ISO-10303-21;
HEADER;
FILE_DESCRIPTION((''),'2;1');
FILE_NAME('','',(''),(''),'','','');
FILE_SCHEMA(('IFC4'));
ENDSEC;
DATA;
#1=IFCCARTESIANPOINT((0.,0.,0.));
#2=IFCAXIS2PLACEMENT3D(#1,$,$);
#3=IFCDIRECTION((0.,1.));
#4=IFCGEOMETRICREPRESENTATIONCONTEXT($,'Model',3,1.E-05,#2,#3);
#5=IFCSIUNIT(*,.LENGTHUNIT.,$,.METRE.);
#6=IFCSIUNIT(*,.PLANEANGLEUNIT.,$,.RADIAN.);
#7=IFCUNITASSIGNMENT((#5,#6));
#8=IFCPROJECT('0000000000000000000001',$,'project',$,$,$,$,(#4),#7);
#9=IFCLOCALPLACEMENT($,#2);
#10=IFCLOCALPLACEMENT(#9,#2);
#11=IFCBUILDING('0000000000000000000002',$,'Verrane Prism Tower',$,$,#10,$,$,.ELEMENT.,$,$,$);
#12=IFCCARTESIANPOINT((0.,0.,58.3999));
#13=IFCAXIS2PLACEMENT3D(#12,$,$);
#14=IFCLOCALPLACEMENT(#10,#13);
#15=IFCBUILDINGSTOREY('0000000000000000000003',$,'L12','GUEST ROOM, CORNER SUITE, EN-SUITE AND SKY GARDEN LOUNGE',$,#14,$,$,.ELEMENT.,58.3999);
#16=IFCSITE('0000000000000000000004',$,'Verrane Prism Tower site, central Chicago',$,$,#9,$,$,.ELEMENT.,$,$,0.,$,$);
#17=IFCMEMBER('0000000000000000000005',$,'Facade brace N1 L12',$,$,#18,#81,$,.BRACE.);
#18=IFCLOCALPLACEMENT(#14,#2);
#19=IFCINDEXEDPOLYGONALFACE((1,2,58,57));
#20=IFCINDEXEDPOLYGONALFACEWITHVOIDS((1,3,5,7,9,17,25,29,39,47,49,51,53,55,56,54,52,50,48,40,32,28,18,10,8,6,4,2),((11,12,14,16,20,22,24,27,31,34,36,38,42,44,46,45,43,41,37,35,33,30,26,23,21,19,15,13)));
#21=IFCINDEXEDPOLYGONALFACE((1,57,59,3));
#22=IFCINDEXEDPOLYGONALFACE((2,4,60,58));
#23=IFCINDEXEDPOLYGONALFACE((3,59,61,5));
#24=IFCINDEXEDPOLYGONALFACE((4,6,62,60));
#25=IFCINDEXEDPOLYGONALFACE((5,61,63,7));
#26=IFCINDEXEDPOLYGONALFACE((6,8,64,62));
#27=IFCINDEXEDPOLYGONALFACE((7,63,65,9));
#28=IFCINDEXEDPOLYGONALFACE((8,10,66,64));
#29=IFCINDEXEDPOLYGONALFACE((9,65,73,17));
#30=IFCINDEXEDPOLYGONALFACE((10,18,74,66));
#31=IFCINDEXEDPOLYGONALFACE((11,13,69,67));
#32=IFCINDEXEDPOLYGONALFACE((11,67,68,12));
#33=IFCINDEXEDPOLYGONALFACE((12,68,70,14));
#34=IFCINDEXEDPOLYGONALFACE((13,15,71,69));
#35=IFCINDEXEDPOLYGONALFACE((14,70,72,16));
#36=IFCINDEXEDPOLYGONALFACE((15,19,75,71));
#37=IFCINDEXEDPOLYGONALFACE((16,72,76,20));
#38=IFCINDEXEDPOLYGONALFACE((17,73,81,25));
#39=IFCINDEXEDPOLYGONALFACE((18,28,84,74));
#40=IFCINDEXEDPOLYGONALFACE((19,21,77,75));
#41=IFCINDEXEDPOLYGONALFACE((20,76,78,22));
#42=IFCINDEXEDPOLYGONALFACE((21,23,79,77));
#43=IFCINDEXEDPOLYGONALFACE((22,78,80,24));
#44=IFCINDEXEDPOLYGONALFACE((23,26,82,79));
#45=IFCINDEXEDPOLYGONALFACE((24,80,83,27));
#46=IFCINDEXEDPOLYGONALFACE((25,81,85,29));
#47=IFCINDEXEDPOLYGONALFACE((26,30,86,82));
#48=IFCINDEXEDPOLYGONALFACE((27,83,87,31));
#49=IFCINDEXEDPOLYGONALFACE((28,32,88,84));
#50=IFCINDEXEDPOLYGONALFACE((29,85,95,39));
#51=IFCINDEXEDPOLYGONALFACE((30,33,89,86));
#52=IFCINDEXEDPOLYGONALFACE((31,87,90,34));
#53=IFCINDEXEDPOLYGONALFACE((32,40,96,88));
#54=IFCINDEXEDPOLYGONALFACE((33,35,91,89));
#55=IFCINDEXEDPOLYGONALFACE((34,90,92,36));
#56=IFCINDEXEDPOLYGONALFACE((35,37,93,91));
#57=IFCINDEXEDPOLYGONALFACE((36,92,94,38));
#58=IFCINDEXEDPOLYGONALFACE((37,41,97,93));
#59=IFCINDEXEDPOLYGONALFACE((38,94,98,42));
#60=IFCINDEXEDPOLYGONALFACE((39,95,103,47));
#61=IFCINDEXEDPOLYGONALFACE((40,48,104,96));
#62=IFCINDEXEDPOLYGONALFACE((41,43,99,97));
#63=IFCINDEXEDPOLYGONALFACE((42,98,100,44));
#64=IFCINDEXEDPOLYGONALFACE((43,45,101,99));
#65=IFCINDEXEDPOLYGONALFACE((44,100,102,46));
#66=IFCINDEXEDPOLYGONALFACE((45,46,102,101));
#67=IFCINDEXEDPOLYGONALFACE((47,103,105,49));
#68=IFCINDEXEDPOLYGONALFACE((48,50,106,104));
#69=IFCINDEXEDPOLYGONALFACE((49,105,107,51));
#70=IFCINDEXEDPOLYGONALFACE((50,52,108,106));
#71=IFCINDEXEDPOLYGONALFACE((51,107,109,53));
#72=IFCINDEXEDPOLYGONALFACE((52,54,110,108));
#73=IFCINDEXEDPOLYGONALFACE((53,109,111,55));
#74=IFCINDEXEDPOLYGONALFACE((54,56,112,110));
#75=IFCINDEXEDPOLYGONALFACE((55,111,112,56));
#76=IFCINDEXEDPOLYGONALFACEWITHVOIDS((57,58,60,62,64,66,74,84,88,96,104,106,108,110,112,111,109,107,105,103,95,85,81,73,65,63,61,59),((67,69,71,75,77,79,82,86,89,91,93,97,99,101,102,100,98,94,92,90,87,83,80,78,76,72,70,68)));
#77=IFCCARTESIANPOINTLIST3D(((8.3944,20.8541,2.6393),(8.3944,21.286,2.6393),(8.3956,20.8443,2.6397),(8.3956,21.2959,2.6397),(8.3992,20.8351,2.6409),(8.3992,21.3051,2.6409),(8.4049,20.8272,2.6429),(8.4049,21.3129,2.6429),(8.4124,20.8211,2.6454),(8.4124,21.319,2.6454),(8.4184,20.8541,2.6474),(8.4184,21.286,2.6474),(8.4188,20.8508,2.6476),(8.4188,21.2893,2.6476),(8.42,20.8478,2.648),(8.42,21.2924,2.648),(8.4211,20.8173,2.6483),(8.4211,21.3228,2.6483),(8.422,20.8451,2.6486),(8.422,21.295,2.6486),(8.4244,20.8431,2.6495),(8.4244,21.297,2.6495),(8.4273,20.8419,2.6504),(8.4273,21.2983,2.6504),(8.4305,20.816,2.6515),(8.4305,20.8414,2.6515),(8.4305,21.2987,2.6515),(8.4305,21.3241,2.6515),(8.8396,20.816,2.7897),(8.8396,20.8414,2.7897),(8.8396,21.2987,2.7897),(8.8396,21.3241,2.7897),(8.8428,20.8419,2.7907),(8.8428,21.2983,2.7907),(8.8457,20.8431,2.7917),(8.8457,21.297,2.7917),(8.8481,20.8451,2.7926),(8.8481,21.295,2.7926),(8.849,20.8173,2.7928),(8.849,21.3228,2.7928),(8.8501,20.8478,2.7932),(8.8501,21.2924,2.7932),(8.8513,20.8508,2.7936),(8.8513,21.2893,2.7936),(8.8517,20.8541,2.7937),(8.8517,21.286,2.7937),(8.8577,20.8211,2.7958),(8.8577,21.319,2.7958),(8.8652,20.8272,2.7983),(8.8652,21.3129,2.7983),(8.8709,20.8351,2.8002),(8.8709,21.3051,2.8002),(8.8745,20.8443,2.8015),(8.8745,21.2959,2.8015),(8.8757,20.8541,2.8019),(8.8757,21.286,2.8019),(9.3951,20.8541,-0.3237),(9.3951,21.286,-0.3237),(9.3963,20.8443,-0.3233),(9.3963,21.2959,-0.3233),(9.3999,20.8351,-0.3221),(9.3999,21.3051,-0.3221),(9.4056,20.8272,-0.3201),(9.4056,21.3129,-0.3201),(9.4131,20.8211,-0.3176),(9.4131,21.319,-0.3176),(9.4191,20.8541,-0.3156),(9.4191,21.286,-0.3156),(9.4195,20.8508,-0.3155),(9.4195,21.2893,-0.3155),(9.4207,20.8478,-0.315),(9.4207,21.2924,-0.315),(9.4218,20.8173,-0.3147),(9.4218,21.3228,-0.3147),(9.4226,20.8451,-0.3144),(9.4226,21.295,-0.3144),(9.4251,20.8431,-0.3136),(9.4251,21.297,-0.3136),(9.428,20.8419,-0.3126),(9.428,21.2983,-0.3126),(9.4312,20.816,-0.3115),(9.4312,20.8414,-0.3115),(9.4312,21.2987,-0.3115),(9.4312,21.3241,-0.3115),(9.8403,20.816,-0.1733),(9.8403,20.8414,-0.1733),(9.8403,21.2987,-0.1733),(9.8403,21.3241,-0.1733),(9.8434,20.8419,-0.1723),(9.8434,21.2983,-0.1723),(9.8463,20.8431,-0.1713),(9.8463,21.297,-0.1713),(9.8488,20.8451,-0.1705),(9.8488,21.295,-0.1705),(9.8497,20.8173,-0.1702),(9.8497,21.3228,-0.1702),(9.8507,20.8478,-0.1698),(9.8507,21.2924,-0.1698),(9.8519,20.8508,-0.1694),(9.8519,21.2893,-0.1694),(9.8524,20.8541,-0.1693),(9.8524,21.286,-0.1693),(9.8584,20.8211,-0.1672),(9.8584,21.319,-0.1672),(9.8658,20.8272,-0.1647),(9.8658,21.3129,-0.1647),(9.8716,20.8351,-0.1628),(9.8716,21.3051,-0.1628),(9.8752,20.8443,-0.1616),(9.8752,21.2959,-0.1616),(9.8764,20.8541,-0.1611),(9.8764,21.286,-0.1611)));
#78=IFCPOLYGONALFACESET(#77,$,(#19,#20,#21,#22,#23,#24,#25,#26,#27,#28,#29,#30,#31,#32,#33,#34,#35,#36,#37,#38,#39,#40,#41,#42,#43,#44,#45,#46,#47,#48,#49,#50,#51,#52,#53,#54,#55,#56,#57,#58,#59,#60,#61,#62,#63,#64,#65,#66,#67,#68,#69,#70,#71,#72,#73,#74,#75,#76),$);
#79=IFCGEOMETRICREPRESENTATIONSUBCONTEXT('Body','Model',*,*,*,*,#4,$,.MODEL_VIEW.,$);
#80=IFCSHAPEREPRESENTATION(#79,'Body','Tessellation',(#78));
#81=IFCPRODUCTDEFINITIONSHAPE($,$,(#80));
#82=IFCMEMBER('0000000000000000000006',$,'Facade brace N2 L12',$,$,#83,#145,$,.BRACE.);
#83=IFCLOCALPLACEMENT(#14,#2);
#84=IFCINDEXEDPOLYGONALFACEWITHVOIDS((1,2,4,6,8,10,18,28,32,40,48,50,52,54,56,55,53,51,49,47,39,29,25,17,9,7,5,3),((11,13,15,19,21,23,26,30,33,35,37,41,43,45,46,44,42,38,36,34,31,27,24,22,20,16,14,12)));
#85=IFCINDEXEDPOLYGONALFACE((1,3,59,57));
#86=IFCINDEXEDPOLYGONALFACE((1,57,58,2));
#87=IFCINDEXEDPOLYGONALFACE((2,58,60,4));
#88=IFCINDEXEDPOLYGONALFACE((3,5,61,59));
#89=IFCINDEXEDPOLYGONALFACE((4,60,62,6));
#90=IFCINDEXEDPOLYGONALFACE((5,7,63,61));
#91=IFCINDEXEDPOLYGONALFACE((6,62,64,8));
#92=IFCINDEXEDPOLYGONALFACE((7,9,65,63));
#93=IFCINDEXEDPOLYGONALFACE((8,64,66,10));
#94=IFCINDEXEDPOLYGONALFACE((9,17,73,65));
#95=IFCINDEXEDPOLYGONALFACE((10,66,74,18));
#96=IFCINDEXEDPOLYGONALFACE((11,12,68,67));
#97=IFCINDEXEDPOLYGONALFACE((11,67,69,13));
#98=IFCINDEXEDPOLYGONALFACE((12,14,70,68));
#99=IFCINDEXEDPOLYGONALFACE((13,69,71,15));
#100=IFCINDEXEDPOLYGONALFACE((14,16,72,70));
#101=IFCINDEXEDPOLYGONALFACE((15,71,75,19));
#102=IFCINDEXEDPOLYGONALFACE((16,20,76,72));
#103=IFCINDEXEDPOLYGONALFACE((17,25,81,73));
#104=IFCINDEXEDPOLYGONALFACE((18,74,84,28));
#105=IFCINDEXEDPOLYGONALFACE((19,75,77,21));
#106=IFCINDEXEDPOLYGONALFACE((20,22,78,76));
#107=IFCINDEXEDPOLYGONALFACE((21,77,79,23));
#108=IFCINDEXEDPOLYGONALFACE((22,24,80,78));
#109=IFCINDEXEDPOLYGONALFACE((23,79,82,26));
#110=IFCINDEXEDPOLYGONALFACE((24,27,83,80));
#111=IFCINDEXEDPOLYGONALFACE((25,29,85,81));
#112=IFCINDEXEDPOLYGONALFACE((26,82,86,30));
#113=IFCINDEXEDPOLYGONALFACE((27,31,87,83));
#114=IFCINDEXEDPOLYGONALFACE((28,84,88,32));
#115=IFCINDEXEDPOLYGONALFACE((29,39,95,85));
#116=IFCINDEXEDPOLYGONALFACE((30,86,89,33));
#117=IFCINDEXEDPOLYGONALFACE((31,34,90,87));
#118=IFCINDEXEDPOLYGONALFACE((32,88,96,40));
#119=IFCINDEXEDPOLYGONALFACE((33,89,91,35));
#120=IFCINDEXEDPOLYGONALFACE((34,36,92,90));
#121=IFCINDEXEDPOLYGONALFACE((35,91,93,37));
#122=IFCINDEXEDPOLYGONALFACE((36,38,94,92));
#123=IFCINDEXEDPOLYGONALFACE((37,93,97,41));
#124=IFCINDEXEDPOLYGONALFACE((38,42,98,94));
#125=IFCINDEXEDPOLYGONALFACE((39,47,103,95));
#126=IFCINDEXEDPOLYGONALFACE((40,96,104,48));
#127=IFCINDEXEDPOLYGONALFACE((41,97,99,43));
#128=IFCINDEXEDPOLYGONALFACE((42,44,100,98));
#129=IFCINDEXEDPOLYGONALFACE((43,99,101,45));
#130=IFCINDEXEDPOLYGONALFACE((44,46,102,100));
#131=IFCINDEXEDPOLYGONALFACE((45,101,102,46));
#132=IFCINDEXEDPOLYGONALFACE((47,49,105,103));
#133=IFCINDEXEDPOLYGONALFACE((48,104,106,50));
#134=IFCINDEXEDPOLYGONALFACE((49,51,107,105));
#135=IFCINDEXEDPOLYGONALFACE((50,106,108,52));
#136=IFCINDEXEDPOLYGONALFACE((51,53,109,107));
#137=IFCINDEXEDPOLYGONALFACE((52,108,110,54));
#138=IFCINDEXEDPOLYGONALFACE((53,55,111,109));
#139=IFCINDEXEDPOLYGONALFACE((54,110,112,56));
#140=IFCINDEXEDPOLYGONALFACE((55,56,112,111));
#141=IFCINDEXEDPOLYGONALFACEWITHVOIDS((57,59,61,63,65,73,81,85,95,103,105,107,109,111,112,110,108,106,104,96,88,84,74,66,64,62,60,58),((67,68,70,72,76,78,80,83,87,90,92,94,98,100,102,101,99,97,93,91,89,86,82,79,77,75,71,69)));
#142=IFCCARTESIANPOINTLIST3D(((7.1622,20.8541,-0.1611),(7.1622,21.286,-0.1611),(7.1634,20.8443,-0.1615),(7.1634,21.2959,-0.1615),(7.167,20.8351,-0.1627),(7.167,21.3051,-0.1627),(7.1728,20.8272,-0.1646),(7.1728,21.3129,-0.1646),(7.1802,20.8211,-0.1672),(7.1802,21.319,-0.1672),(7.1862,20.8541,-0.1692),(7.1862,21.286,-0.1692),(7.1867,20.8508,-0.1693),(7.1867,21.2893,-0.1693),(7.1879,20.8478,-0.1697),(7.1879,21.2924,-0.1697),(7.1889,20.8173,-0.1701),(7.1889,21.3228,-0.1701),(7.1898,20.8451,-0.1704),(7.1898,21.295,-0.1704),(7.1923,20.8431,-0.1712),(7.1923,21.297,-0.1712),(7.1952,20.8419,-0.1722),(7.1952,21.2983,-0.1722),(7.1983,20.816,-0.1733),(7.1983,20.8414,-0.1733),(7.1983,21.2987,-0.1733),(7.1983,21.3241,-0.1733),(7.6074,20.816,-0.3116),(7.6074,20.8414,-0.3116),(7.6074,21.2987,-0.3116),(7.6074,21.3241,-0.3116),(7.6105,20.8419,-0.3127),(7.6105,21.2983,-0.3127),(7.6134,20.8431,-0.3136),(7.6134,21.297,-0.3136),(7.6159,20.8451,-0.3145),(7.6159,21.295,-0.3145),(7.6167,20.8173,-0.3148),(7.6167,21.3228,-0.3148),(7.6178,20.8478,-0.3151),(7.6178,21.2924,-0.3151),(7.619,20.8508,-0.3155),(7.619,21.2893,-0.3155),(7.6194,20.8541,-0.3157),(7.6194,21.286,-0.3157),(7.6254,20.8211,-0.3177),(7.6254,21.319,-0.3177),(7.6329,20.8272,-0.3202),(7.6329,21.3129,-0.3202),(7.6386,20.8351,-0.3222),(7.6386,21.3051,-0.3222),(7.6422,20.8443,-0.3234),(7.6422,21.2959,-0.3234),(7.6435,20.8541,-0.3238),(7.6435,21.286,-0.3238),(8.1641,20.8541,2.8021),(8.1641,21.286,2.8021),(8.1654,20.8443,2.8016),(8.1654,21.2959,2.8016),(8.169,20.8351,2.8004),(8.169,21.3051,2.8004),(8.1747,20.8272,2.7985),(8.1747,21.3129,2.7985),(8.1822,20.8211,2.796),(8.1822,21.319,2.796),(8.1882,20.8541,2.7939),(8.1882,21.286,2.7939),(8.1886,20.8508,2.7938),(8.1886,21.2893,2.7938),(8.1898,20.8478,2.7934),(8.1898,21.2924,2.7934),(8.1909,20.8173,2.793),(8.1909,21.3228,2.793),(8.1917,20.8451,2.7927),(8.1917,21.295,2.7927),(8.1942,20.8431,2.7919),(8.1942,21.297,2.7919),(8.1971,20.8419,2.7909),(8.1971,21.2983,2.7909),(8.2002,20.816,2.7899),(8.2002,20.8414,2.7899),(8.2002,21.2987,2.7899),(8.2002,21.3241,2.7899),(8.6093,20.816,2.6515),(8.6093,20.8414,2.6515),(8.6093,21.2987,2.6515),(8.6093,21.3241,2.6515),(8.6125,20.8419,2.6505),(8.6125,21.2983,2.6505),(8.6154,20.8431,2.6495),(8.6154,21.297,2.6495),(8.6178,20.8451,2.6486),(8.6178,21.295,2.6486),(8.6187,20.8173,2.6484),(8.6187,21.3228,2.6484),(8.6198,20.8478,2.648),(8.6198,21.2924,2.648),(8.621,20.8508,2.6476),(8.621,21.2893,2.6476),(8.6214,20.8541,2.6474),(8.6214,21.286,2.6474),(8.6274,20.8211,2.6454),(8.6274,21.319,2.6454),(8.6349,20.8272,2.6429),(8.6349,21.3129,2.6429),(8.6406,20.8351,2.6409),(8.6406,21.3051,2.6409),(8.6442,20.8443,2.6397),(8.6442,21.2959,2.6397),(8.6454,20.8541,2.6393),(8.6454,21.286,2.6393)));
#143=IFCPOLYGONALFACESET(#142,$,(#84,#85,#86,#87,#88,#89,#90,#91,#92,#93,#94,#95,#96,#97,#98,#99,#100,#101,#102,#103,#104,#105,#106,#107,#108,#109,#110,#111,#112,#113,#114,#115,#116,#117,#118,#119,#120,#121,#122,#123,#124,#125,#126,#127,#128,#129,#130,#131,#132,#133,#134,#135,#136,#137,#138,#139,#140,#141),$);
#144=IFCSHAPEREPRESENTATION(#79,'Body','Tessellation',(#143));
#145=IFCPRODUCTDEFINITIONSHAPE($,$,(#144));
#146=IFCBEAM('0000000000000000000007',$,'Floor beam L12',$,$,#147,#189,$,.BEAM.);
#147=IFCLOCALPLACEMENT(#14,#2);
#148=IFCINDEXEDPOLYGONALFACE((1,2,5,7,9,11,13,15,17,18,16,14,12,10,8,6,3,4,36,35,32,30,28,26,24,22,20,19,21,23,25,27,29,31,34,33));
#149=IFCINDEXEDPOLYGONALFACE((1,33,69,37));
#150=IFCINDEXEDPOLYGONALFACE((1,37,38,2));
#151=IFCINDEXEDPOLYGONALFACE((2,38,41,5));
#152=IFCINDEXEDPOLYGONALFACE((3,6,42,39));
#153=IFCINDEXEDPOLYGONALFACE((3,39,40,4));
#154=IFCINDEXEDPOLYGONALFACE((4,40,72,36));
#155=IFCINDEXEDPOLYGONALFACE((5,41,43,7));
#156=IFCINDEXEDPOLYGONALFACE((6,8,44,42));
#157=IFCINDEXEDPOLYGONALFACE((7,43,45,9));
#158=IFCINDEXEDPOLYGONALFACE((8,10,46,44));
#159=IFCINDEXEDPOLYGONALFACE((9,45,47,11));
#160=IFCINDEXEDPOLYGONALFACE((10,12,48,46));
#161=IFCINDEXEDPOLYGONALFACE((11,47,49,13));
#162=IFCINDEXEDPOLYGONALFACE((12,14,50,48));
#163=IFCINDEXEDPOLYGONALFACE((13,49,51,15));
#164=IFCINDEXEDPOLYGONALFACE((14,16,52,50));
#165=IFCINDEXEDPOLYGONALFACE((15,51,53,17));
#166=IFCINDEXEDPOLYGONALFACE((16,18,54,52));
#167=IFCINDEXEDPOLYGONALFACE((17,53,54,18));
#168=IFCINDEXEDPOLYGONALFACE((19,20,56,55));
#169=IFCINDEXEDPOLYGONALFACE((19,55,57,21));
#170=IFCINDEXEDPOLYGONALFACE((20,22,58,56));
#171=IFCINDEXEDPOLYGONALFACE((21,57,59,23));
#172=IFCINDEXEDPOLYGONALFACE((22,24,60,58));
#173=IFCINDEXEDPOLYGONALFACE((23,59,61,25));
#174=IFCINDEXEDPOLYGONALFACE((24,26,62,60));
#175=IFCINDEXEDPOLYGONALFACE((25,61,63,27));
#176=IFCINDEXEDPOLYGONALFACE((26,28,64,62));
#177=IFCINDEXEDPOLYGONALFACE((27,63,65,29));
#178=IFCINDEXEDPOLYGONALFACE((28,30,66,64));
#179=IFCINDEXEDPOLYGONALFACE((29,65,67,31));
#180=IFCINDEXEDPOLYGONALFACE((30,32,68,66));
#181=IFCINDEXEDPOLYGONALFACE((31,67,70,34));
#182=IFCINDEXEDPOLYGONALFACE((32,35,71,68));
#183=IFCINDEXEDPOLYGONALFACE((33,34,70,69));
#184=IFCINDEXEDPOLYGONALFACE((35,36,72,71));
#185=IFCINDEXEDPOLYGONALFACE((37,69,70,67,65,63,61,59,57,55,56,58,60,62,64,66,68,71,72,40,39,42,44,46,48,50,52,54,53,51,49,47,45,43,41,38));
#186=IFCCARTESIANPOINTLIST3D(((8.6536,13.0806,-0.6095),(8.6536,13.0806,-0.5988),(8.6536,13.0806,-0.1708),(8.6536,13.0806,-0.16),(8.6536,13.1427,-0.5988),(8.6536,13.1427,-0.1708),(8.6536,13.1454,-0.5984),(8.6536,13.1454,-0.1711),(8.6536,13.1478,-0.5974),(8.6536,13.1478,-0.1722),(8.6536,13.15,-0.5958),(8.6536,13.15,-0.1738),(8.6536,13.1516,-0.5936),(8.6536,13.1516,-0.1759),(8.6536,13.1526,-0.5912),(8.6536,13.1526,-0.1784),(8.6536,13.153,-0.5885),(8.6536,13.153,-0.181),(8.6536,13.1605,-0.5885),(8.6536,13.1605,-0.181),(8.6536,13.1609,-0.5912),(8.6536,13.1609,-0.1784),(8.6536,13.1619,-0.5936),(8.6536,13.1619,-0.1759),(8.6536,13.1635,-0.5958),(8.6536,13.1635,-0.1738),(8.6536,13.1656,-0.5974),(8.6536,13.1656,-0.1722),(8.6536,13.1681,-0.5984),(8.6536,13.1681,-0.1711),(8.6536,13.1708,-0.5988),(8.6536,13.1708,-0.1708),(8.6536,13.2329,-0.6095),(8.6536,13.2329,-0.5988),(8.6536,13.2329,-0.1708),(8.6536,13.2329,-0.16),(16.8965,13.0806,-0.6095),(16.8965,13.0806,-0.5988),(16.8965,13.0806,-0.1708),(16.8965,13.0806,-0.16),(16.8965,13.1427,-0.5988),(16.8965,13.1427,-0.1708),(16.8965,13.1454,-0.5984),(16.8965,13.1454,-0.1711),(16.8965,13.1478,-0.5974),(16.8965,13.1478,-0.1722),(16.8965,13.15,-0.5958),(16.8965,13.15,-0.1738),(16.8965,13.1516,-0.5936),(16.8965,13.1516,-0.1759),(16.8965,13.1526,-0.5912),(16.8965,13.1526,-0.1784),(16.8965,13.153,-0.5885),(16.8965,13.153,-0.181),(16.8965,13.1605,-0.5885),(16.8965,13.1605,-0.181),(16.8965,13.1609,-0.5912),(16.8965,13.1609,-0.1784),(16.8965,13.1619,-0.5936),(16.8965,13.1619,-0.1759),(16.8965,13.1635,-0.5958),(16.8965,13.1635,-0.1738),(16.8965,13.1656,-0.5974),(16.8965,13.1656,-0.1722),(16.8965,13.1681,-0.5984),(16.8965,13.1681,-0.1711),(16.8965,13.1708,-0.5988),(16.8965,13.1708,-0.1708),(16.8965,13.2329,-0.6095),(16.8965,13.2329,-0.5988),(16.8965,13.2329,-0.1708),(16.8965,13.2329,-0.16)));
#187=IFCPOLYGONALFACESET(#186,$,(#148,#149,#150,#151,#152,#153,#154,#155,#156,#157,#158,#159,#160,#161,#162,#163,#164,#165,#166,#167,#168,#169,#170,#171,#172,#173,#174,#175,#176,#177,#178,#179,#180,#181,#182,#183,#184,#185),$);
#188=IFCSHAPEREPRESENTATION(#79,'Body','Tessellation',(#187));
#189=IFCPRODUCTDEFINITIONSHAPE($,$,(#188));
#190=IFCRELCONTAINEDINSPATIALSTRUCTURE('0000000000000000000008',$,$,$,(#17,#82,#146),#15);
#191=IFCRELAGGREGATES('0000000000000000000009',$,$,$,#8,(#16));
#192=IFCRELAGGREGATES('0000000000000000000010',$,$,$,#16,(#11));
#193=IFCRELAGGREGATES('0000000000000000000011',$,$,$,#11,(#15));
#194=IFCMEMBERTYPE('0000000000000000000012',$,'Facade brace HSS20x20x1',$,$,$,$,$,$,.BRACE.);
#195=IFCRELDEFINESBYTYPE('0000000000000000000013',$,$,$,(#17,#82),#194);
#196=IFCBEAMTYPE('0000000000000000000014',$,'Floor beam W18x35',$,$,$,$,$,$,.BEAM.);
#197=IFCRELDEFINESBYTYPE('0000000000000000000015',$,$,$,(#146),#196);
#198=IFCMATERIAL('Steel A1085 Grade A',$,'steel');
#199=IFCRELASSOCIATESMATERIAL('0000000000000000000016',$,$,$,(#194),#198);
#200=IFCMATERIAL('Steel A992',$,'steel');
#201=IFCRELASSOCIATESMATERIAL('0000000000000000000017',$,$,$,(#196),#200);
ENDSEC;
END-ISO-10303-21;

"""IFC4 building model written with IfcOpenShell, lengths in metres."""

from ifc_helpers import new_model, si_unit, direction, frame, origin, origin_2d, place, context, subcontext, project, spatial, hollow_rectangle, i_section, extrude, material, material_profile, profile_set, type_object, element, save


model = new_model("IFC4")

# Units and contexts
model_context = context("Model", 3, precision=1e-05, world=origin(), true_north=direction((0.0, 1.0)))
body_context = subcontext(model_context, "Body", "Model", "MODEL_VIEW")
ifc_project = project(units=[si_unit("LENGTHUNIT", "METRE"), si_unit("PLANEANGLEUNIT", "RADIAN")], contexts=[model_context])

# Site, building, storey
site_placement = place(None, origin())
site = spatial("IfcSite", under=ifc_project, at=site_placement, Name="Verrane Prism Tower site, central Chicago", CompositionType="ELEMENT", RefElevation=0.0)
building_placement = place(site_placement, origin())
building = spatial("IfcBuilding", under=site, at=building_placement, Name="Verrane Prism Tower", CompositionType="ELEMENT")
storey_placement = place(building_placement, frame((0.0, 0.0, 58.3999)))
storey = spatial("IfcBuildingStorey", under=building, at=storey_placement, Name="L12", Description="GUEST ROOM, CORNER SUITE, EN-SUITE AND SKY GARDEN LOUNGE", CompositionType="ELEMENT", Elevation=58.3999)

# Members
ifc_material_1 = material(Name="Steel A1085 Grade A", Category="steel")
ifc_material_profile_1 = material_profile(ifc_material_1, hollow_rectangle(XDim=0.5081, YDim=0.5081, WallThickness=0.0254, InnerFilletRadius=0.0127, OuterFilletRadius=0.0381, at=origin_2d()), Name="HSS20x20x1")
ifc_profile_set_1 = profile_set([ifc_material_profile_1], Name="Steel A1085 Grade A")
member_type_1 = type_object("IfcMemberType", Name="Facade brace HSS20x20x1", PredefinedType="BRACE", material=ifc_profile_set_1)
member_1_placement = place(storey_placement, frame((9.6357, 21.0701, -0.2424), z_axis=(-0.319972, 0.0, 0.947427), x_axis=(0.0, -1.0, 0.0)))
element("IfcMember", 1, at=member_1_placement, inside=storey, type_object=member_type_1, Name="Facade brace N1 L12", PredefinedType="BRACE", context=body_context, shape_type="SweptSolid", body=[
    extrude(hollow_rectangle(XDim=0.5081, YDim=0.5081, WallThickness=0.0254, InnerFilletRadius=0.0127, OuterFilletRadius=0.0381, at=origin_2d()), origin(), (0.0, 0.0, 1.0), 3.1274),
])
member_2_placement = place(storey_placement, frame((7.4028, 21.0701, -0.2424), z_axis=(0.320323, 0.0, 0.947309), x_axis=(0.0, 1.0, 0.0)))
element("IfcMember", 2, at=member_2_placement, inside=storey, type_object=member_type_1, Name="Facade brace N2 L12", PredefinedType="BRACE", context=body_context, shape_type="SweptSolid", body=[
    extrude(hollow_rectangle(XDim=0.5081, YDim=0.5081, WallThickness=0.0254, InnerFilletRadius=0.0127, OuterFilletRadius=0.0381, at=origin_2d()), origin(), (0.0, 0.0, 1.0), 3.1279),
])

# Beam
ifc_material_2 = material(Name="Steel A992", Category="steel")
ifc_material_profile_2 = material_profile(ifc_material_2, i_section(OverallWidth=0.1523, OverallDepth=0.4495, WebThickness=0.0076, FlangeThickness=0.0107, FilletRadius=0.0103, at=origin_2d()), Name="W18x35")
ifc_profile_set_2 = profile_set([ifc_material_profile_2], Name="Steel A992")
beam_type_1 = type_object("IfcBeamType", Name="Floor beam W18x35", PredefinedType="BEAM", material=ifc_profile_set_2)
for number, where, z_axis, x_axis, name in (
    (3, (8.6536, 13.1567, -0.3848), (1.0, 0.0, 0.0), (0.0, 1.0, 0.0), "Floor beam L12"),
):
    element("IfcBeam", number, at=place(storey_placement, frame(where, z_axis=z_axis, x_axis=x_axis)), inside=storey, type_object=beam_type_1, Name=name, PredefinedType="BEAM", context=body_context, shape_type="SweptSolid", body=[
        extrude(i_section(OverallWidth=0.1523, OverallDepth=0.4495, WebThickness=0.0076, FlangeThickness=0.0107, FilletRadius=0.0103, at=origin_2d()), origin(), (0.0, 0.0, 1.0), 8.2429),
    ])

save(model, "model.ifc")
